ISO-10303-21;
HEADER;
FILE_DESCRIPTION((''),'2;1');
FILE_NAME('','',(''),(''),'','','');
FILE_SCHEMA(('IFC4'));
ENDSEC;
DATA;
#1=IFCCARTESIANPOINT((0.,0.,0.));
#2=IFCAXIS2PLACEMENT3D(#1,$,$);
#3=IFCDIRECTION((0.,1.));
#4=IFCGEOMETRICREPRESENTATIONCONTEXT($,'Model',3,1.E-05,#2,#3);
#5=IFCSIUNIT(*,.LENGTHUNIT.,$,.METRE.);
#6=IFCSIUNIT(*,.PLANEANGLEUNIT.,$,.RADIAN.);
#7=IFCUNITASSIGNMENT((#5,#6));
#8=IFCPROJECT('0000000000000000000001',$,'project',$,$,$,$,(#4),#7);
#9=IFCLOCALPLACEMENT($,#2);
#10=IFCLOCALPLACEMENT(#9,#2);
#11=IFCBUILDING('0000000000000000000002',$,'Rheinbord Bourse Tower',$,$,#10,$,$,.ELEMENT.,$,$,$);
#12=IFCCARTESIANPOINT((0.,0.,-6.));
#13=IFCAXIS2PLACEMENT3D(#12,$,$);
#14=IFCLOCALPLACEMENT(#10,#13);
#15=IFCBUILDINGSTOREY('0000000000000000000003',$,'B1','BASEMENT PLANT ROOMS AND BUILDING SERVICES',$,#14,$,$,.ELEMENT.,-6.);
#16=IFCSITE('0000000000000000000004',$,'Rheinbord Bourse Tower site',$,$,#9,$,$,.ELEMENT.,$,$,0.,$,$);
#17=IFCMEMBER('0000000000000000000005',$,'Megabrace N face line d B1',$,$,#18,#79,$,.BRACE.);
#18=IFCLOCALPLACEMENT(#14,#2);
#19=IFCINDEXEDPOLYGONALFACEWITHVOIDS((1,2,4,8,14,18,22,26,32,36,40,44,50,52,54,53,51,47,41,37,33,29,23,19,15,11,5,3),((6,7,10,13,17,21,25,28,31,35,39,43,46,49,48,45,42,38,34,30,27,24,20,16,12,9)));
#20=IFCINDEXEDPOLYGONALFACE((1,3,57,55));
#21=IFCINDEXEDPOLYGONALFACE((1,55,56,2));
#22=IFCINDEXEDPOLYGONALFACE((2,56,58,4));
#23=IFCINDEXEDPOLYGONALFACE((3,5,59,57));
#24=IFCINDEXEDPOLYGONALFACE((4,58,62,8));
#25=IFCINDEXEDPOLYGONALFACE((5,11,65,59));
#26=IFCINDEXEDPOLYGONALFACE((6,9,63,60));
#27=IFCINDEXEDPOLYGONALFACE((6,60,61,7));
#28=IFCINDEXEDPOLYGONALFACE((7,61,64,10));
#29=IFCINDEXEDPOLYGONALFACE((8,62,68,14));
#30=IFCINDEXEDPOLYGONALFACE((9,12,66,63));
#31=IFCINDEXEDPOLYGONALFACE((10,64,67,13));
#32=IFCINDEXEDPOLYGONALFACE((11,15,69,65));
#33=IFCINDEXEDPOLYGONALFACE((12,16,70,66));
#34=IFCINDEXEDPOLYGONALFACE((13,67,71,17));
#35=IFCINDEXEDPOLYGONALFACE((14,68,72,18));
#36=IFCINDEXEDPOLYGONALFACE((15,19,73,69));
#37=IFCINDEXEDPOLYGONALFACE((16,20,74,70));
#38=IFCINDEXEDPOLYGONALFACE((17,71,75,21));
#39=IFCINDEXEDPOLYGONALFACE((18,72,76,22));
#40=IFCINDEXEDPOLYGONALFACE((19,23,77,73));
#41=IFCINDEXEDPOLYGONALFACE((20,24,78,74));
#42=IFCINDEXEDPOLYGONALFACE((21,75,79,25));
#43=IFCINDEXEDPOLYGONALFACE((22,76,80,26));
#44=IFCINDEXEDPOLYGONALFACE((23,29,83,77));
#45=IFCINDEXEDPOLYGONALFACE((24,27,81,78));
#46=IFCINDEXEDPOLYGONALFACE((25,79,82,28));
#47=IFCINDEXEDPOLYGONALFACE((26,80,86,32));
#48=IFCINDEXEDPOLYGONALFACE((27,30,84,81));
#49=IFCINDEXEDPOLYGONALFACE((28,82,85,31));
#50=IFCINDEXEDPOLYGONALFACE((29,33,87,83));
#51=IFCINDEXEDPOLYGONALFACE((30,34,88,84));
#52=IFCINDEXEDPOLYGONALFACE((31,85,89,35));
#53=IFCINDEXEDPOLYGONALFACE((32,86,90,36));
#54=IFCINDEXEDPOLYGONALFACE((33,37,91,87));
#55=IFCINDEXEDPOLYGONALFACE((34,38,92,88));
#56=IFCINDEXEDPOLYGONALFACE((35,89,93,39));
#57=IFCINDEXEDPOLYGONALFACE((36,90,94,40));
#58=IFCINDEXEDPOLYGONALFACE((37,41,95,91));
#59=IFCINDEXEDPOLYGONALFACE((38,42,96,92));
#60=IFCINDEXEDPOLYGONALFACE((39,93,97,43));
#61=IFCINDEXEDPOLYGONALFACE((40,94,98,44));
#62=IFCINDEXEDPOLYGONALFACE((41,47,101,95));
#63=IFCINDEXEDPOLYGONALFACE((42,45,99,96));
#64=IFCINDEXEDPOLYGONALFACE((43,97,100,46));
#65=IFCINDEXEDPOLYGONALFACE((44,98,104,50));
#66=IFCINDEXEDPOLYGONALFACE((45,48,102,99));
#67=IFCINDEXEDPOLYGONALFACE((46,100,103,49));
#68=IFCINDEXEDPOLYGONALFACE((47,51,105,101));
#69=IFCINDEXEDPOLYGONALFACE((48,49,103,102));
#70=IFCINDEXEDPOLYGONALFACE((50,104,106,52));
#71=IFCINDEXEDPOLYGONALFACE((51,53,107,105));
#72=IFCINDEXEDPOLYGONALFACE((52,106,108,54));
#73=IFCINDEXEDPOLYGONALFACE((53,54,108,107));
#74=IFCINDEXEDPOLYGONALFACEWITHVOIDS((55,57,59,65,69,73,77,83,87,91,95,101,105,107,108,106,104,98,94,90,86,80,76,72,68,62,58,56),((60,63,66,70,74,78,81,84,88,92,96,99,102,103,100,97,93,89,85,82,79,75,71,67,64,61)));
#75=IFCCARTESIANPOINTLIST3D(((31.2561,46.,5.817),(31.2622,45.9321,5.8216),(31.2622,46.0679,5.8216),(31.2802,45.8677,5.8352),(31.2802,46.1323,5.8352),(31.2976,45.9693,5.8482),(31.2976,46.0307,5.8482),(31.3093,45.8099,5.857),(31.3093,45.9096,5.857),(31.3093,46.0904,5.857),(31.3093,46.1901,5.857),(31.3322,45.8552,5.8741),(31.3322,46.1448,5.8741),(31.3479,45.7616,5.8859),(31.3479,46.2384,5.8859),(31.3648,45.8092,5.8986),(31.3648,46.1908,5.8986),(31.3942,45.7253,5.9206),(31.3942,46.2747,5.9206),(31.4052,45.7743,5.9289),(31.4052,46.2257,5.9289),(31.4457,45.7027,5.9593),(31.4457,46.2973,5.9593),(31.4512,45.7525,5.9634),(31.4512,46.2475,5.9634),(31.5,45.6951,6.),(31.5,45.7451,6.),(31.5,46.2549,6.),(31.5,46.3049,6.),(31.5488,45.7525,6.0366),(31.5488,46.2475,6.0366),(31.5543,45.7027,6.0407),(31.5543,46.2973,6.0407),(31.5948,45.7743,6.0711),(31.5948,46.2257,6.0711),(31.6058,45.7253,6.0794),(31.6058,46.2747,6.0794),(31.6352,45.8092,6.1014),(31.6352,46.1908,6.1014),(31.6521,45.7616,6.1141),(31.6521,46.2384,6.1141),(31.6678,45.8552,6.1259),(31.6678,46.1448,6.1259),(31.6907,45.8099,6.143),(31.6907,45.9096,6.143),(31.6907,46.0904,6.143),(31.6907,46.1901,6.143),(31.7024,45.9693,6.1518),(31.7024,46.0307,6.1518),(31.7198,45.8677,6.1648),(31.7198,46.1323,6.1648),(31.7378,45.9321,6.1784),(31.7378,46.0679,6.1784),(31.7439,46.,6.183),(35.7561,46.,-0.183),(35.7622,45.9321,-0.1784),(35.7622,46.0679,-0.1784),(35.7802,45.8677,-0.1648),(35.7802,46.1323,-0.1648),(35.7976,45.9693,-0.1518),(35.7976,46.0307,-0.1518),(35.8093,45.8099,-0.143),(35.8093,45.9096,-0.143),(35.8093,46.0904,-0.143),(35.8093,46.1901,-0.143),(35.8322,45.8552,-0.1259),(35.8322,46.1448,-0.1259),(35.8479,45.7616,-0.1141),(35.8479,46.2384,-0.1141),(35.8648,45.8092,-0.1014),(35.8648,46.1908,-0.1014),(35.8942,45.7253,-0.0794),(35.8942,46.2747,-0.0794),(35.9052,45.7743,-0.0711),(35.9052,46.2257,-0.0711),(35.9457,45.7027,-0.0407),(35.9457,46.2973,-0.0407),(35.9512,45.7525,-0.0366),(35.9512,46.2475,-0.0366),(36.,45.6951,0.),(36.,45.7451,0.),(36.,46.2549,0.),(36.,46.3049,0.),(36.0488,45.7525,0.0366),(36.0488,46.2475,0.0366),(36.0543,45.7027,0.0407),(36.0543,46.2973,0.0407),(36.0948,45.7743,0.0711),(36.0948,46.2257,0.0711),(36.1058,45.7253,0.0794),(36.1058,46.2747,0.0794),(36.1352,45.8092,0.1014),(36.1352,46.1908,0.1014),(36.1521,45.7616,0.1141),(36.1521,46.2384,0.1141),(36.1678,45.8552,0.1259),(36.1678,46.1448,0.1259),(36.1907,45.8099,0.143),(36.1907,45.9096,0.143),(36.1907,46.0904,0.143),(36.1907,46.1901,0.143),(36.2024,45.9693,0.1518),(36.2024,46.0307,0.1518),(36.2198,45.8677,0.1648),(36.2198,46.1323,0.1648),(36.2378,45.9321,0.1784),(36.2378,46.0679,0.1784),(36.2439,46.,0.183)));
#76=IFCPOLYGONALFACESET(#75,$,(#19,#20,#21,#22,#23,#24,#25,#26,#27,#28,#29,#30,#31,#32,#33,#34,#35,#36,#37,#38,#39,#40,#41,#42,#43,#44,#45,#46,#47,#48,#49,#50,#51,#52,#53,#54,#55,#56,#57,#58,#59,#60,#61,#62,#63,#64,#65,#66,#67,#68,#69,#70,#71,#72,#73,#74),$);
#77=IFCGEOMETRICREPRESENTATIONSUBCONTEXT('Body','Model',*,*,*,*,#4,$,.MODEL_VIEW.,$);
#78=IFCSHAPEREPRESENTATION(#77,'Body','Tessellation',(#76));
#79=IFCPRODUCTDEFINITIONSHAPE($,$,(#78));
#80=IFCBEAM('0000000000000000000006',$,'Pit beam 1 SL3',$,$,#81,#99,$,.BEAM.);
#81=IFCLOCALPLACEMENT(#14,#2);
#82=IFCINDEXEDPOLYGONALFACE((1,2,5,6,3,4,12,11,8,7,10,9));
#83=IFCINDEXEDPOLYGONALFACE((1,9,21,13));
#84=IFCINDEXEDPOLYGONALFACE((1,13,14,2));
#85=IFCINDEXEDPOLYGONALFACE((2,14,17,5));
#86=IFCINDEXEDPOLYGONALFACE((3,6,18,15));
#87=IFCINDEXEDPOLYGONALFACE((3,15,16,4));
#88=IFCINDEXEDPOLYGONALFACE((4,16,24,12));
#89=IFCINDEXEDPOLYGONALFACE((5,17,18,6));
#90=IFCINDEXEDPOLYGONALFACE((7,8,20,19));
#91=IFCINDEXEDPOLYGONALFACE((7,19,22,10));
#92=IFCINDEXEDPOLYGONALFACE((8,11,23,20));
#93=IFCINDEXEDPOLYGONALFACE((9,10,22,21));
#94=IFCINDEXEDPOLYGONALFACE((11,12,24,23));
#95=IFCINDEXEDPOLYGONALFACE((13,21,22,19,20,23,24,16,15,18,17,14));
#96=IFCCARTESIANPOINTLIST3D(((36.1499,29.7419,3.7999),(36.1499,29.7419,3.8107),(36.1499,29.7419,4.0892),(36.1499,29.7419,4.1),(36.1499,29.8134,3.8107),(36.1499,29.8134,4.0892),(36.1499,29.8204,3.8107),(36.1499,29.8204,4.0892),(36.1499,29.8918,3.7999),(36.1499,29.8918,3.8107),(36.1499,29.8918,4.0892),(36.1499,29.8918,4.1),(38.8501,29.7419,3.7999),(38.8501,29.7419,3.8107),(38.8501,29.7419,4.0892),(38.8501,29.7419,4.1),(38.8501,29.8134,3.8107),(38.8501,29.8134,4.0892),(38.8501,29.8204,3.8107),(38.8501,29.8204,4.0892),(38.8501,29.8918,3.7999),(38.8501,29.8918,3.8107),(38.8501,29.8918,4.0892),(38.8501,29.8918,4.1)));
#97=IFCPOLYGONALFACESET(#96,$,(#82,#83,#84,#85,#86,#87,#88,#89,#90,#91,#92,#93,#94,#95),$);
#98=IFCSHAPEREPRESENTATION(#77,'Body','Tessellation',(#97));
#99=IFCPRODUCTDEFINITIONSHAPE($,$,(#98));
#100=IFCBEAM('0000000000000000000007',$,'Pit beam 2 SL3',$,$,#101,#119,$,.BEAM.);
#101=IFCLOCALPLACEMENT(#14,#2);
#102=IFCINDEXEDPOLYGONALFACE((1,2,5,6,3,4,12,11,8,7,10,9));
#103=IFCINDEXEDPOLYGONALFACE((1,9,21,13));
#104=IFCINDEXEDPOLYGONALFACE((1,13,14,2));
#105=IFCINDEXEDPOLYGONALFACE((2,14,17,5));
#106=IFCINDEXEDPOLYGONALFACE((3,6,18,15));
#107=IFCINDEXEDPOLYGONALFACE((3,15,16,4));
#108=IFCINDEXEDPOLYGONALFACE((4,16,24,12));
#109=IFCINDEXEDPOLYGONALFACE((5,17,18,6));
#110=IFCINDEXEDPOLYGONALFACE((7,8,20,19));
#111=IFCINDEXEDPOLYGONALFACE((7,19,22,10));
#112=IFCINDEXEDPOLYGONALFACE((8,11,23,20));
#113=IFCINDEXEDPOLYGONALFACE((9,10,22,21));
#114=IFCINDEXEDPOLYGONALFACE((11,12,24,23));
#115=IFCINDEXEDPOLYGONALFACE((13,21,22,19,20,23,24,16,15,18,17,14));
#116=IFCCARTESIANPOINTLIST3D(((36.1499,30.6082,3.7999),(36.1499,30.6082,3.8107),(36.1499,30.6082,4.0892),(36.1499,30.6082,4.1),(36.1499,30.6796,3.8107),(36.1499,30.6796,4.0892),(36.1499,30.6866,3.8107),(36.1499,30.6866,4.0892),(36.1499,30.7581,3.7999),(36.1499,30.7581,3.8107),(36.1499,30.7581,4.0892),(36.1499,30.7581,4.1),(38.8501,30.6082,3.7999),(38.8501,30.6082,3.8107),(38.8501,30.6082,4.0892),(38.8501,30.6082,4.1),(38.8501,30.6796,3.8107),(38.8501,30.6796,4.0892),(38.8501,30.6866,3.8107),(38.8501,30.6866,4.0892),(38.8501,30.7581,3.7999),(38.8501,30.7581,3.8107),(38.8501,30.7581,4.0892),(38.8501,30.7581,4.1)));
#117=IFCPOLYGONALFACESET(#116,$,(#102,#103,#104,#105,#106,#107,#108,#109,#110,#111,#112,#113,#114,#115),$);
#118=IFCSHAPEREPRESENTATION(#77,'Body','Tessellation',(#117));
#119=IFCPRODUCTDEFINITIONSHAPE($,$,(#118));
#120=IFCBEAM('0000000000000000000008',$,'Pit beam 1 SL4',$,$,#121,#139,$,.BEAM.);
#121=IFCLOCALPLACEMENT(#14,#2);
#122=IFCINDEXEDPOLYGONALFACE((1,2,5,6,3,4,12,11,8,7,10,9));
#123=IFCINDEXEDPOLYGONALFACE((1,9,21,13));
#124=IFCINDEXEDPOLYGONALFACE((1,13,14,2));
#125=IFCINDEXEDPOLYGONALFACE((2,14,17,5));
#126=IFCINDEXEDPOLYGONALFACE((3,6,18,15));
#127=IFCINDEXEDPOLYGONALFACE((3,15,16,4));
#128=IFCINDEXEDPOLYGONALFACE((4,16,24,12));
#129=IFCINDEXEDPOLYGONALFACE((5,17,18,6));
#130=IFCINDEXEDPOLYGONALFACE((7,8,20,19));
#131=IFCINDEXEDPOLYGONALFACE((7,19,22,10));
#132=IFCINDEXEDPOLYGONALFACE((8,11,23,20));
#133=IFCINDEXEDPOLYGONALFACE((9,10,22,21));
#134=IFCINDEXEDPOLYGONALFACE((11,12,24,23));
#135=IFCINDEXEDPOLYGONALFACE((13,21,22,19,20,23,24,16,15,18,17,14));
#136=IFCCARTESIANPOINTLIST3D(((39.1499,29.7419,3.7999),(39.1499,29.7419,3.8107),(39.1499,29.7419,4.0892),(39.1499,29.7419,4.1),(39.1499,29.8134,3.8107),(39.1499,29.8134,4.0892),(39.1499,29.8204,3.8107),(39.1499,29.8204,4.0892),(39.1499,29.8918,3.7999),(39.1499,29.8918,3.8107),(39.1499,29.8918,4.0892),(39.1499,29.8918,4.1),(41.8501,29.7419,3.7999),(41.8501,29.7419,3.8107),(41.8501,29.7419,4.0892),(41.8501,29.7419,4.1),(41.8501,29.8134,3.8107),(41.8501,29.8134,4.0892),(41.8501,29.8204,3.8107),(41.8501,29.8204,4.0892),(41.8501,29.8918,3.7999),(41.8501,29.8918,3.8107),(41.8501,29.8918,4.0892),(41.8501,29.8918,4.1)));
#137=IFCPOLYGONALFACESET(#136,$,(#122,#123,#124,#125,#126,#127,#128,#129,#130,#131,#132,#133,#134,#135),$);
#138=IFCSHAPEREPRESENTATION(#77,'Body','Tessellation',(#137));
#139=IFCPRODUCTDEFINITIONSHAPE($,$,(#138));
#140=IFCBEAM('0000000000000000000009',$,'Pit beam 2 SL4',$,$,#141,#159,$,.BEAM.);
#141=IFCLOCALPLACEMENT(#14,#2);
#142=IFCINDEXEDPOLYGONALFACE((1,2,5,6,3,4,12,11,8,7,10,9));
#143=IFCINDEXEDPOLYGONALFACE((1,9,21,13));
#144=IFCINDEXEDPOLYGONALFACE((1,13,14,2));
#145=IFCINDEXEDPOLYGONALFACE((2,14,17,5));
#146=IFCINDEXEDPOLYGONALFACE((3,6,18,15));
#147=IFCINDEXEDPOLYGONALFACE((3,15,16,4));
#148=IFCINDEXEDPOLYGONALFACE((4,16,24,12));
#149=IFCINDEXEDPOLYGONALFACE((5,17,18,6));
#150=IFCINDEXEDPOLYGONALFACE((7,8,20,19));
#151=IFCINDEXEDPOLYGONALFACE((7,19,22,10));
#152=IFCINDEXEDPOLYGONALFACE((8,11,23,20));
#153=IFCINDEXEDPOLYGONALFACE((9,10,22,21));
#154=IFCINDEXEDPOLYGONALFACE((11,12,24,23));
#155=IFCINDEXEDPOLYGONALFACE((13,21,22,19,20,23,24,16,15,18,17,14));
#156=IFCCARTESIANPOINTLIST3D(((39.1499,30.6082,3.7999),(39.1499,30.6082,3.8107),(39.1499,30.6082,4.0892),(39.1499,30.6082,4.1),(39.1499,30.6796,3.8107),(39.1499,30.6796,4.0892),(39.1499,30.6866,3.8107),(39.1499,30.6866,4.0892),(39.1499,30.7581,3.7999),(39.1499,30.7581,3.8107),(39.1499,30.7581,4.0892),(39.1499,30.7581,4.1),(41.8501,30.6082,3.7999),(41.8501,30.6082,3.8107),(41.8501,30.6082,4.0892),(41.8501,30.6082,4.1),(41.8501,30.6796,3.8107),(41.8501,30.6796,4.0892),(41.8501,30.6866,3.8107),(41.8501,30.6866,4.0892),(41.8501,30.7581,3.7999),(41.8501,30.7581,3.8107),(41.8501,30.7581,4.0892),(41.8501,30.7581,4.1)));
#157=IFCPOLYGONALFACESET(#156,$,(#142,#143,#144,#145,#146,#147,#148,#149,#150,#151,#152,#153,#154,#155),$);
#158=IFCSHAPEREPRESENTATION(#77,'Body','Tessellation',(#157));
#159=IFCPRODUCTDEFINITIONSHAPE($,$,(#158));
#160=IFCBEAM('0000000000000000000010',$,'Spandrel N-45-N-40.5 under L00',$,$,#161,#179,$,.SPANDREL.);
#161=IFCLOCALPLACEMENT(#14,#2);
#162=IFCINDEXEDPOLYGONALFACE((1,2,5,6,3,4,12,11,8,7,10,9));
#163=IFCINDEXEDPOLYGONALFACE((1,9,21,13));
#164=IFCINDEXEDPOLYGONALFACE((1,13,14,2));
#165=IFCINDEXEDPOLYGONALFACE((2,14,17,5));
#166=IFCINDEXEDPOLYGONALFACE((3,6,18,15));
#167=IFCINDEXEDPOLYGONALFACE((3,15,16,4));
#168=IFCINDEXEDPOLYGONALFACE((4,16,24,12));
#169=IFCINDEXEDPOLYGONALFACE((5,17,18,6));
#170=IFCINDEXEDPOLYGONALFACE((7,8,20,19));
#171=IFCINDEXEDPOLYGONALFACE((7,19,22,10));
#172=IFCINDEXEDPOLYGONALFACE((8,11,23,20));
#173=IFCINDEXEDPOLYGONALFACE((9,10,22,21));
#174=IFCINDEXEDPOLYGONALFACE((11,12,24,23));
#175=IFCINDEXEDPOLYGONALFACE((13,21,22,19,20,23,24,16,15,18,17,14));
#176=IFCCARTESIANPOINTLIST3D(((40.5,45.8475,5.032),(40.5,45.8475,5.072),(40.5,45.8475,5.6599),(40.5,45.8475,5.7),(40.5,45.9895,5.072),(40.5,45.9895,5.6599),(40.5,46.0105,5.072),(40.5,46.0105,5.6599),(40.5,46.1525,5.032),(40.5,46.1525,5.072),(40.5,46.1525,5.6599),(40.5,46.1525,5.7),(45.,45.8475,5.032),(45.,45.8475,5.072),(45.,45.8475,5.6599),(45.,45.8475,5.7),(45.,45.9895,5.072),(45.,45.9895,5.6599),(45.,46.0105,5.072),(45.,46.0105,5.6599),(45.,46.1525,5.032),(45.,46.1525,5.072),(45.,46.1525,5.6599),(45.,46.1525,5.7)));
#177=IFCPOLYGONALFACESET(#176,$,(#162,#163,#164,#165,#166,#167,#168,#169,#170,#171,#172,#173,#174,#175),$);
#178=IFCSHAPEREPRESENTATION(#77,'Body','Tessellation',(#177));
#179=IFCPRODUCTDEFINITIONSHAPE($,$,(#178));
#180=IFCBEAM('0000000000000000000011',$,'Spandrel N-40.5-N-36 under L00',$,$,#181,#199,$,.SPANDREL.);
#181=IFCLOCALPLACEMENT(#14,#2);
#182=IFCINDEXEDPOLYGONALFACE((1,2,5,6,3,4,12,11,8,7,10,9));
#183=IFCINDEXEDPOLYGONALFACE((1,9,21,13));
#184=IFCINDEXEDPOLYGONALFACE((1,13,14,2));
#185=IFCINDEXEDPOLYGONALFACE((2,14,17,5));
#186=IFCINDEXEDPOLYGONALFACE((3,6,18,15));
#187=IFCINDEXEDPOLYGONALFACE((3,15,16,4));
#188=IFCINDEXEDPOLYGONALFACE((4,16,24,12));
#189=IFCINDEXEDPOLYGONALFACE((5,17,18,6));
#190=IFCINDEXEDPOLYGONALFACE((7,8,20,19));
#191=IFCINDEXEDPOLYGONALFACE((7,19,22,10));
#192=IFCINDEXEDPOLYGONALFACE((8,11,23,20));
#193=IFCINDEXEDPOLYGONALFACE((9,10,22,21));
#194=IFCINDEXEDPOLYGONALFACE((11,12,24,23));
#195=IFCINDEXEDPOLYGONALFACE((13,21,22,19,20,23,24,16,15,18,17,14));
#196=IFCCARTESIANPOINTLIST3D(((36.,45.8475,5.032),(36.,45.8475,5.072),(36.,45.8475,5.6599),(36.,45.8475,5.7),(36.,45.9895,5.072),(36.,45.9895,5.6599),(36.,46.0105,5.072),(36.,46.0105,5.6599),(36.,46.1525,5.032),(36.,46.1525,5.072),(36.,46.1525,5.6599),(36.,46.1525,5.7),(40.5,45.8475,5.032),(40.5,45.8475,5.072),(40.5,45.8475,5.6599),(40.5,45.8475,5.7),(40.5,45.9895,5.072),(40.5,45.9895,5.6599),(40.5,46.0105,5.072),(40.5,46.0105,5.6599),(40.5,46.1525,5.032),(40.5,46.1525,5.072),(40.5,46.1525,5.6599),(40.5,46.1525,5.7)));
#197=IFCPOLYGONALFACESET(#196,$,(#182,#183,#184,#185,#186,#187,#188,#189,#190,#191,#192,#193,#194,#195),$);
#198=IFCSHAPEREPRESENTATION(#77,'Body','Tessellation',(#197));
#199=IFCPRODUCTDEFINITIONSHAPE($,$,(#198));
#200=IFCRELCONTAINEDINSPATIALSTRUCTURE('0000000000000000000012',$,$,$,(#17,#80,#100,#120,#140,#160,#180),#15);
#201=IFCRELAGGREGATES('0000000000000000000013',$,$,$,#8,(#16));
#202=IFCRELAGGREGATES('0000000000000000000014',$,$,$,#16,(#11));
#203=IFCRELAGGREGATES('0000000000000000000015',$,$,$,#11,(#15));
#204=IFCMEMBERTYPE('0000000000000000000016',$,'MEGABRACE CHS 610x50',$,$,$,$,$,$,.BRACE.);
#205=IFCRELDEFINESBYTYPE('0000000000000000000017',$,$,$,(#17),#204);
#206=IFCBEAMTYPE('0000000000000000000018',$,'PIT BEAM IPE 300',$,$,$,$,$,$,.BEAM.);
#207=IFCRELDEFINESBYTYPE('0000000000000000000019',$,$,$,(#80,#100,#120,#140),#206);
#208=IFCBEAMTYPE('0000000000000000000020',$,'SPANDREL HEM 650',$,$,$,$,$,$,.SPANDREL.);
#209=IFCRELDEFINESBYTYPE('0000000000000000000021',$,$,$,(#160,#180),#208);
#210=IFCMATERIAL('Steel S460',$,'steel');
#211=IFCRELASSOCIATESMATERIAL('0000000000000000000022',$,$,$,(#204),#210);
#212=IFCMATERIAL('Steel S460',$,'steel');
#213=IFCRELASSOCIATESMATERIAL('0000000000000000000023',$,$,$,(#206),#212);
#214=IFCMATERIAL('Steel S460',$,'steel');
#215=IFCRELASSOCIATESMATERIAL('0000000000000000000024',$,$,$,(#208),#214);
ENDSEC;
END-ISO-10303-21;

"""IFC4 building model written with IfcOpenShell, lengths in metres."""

from ifc_helpers import new_model, si_unit, direction, frame, origin, origin_2d, place, context, subcontext, project, spatial, hollow_circle, i_section, extrude, material, material_profile, profile_set, type_object, element, save


model = new_model("IFC4")

# Units and contexts
model_context = context("Model", 3, precision=1e-05, world=origin(), true_north=direction((0.0, 1.0)))
body_context = subcontext(model_context, "Body", "Model", "MODEL_VIEW")
ifc_project = project(units=[si_unit("LENGTHUNIT", "METRE"), si_unit("PLANEANGLEUNIT", "RADIAN")], contexts=[model_context])

# Site, building, storey
site_placement = place(None, origin())
site = spatial("IfcSite", under=ifc_project, at=site_placement, Name="Rheinbord Bourse Tower site", CompositionType="ELEMENT", RefElevation=0.0)
building_placement = place(site_placement, origin())
building = spatial("IfcBuilding", under=site, at=building_placement, Name="Rheinbord Bourse Tower", CompositionType="ELEMENT")
storey_placement = place(building_placement, frame((0.0, 0.0, -6.0)))
storey = spatial("IfcBuildingStorey", under=building, at=storey_placement, Name="B1", Description="BASEMENT PLANT ROOMS AND BUILDING SERVICES", CompositionType="ELEMENT", Elevation=-6.0)

# Member
ifc_material_1 = material(Name="Steel S460", Category="steel")
ifc_material_profile_1 = material_profile(ifc_material_1, hollow_circle(Radius=0.3049, WallThickness=0.05, at=origin_2d()), Name="CHS 610x50")
ifc_profile_set_1 = profile_set([ifc_material_profile_1], Name="Steel S460")
member_type = type_object("IfcMemberType", Name="MEGABRACE CHS 610x50", PredefinedType="BRACE", material=ifc_profile_set_1)
for number, where, z_axis, x_axis, name in (
    (1, (36.0, 46.0, 0.0), (-0.6, 0.0, 0.8), (0.0, -1.0, 0.0), "Megabrace N face line d B1"),
):
    element("IfcMember", number, at=place(storey_placement, frame(where, z_axis=z_axis, x_axis=x_axis)), inside=storey, type_object=member_type, Name=name, PredefinedType="BRACE", context=body_context, shape_type="SweptSolid", body=[
        extrude(hollow_circle(Radius=0.3049, WallThickness=0.05, at=origin_2d()), origin(), (0.0, 0.0, 1.0), 7.5),
    ])

# Beams
ifc_material_2 = material(Name="Steel S460", Category="steel")
ifc_material_profile_2 = material_profile(ifc_material_2, i_section(OverallWidth=0.1499, OverallDepth=0.3, WebThickness=0.0071, FlangeThickness=0.0107, at=origin_2d()), Name="IPE 300")
ifc_profile_set_2 = profile_set([ifc_material_profile_2], Name="Steel S460")
beam_type_1 = type_object("IfcBeamType", Name="PIT BEAM IPE 300", PredefinedType="BEAM", material=ifc_profile_set_2)
for number, where, z_axis, x_axis, name in (
    (2, (36.1499, 29.8169, 3.95), (1.0, 0.0, 0.0), (0.0, 1.0, 0.0), "Pit beam 1 SL3"),
    (3, (36.1499, 30.6831, 3.95), (1.0, 0.0, 0.0), (0.0, 1.0, 0.0), "Pit beam 2 SL3"),
    (4, (39.1499, 29.8169, 3.95), (1.0, 0.0, 0.0), (0.0, 1.0, 0.0), "Pit beam 1 SL4"),
    (5, (39.1499, 30.6831, 3.95), (1.0, 0.0, 0.0), (0.0, 1.0, 0.0), "Pit beam 2 SL4"),
):
    element("IfcBeam", number, at=place(storey_placement, frame(where, z_axis=z_axis, x_axis=x_axis)), inside=storey, type_object=beam_type_1, Name=name, PredefinedType="BEAM", context=body_context, shape_type="SweptSolid", body=[
        extrude(i_section(OverallWidth=0.1499, OverallDepth=0.3, WebThickness=0.0071, FlangeThickness=0.0107, at=origin_2d()), origin(), (0.0, 0.0, 1.0), 2.7002),
    ])
ifc_material_3 = material(Name="Steel S460", Category="steel")
ifc_material_profile_3 = material_profile(ifc_material_3, i_section(OverallWidth=0.3049, OverallDepth=0.668, WebThickness=0.021, FlangeThickness=0.04, at=origin_2d()), Name="HEM 650")
ifc_profile_set_3 = profile_set([ifc_material_profile_3], Name="Steel S460")
beam_type_2 = type_object("IfcBeamType", Name="SPANDREL HEM 650", PredefinedType="SPANDREL", material=ifc_profile_set_3)
for number, where, z_axis, x_axis, name in (
    (6, (45.0, 46.0, 5.366), (-1.0, 0.0, 0.0), (0.0, -1.0, 0.0), "Spandrel N-45-N-40.5 under L00"),
    (7, (40.5, 46.0, 5.366), (-1.0, 0.0, 0.0), (0.0, -1.0, 0.0), "Spandrel N-40.5-N-36 under L00"),
):
    element("IfcBeam", number, at=place(storey_placement, frame(where, z_axis=z_axis, x_axis=x_axis)), inside=storey, type_object=beam_type_2, Name=name, PredefinedType="SPANDREL", context=body_context, shape_type="SweptSolid", body=[
        extrude(i_section(OverallWidth=0.3049, OverallDepth=0.668, WebThickness=0.021, FlangeThickness=0.04, at=origin_2d()), origin(), (0.0, 0.0, 1.0), 4.5),
    ])

save(model, "model.ifc")
